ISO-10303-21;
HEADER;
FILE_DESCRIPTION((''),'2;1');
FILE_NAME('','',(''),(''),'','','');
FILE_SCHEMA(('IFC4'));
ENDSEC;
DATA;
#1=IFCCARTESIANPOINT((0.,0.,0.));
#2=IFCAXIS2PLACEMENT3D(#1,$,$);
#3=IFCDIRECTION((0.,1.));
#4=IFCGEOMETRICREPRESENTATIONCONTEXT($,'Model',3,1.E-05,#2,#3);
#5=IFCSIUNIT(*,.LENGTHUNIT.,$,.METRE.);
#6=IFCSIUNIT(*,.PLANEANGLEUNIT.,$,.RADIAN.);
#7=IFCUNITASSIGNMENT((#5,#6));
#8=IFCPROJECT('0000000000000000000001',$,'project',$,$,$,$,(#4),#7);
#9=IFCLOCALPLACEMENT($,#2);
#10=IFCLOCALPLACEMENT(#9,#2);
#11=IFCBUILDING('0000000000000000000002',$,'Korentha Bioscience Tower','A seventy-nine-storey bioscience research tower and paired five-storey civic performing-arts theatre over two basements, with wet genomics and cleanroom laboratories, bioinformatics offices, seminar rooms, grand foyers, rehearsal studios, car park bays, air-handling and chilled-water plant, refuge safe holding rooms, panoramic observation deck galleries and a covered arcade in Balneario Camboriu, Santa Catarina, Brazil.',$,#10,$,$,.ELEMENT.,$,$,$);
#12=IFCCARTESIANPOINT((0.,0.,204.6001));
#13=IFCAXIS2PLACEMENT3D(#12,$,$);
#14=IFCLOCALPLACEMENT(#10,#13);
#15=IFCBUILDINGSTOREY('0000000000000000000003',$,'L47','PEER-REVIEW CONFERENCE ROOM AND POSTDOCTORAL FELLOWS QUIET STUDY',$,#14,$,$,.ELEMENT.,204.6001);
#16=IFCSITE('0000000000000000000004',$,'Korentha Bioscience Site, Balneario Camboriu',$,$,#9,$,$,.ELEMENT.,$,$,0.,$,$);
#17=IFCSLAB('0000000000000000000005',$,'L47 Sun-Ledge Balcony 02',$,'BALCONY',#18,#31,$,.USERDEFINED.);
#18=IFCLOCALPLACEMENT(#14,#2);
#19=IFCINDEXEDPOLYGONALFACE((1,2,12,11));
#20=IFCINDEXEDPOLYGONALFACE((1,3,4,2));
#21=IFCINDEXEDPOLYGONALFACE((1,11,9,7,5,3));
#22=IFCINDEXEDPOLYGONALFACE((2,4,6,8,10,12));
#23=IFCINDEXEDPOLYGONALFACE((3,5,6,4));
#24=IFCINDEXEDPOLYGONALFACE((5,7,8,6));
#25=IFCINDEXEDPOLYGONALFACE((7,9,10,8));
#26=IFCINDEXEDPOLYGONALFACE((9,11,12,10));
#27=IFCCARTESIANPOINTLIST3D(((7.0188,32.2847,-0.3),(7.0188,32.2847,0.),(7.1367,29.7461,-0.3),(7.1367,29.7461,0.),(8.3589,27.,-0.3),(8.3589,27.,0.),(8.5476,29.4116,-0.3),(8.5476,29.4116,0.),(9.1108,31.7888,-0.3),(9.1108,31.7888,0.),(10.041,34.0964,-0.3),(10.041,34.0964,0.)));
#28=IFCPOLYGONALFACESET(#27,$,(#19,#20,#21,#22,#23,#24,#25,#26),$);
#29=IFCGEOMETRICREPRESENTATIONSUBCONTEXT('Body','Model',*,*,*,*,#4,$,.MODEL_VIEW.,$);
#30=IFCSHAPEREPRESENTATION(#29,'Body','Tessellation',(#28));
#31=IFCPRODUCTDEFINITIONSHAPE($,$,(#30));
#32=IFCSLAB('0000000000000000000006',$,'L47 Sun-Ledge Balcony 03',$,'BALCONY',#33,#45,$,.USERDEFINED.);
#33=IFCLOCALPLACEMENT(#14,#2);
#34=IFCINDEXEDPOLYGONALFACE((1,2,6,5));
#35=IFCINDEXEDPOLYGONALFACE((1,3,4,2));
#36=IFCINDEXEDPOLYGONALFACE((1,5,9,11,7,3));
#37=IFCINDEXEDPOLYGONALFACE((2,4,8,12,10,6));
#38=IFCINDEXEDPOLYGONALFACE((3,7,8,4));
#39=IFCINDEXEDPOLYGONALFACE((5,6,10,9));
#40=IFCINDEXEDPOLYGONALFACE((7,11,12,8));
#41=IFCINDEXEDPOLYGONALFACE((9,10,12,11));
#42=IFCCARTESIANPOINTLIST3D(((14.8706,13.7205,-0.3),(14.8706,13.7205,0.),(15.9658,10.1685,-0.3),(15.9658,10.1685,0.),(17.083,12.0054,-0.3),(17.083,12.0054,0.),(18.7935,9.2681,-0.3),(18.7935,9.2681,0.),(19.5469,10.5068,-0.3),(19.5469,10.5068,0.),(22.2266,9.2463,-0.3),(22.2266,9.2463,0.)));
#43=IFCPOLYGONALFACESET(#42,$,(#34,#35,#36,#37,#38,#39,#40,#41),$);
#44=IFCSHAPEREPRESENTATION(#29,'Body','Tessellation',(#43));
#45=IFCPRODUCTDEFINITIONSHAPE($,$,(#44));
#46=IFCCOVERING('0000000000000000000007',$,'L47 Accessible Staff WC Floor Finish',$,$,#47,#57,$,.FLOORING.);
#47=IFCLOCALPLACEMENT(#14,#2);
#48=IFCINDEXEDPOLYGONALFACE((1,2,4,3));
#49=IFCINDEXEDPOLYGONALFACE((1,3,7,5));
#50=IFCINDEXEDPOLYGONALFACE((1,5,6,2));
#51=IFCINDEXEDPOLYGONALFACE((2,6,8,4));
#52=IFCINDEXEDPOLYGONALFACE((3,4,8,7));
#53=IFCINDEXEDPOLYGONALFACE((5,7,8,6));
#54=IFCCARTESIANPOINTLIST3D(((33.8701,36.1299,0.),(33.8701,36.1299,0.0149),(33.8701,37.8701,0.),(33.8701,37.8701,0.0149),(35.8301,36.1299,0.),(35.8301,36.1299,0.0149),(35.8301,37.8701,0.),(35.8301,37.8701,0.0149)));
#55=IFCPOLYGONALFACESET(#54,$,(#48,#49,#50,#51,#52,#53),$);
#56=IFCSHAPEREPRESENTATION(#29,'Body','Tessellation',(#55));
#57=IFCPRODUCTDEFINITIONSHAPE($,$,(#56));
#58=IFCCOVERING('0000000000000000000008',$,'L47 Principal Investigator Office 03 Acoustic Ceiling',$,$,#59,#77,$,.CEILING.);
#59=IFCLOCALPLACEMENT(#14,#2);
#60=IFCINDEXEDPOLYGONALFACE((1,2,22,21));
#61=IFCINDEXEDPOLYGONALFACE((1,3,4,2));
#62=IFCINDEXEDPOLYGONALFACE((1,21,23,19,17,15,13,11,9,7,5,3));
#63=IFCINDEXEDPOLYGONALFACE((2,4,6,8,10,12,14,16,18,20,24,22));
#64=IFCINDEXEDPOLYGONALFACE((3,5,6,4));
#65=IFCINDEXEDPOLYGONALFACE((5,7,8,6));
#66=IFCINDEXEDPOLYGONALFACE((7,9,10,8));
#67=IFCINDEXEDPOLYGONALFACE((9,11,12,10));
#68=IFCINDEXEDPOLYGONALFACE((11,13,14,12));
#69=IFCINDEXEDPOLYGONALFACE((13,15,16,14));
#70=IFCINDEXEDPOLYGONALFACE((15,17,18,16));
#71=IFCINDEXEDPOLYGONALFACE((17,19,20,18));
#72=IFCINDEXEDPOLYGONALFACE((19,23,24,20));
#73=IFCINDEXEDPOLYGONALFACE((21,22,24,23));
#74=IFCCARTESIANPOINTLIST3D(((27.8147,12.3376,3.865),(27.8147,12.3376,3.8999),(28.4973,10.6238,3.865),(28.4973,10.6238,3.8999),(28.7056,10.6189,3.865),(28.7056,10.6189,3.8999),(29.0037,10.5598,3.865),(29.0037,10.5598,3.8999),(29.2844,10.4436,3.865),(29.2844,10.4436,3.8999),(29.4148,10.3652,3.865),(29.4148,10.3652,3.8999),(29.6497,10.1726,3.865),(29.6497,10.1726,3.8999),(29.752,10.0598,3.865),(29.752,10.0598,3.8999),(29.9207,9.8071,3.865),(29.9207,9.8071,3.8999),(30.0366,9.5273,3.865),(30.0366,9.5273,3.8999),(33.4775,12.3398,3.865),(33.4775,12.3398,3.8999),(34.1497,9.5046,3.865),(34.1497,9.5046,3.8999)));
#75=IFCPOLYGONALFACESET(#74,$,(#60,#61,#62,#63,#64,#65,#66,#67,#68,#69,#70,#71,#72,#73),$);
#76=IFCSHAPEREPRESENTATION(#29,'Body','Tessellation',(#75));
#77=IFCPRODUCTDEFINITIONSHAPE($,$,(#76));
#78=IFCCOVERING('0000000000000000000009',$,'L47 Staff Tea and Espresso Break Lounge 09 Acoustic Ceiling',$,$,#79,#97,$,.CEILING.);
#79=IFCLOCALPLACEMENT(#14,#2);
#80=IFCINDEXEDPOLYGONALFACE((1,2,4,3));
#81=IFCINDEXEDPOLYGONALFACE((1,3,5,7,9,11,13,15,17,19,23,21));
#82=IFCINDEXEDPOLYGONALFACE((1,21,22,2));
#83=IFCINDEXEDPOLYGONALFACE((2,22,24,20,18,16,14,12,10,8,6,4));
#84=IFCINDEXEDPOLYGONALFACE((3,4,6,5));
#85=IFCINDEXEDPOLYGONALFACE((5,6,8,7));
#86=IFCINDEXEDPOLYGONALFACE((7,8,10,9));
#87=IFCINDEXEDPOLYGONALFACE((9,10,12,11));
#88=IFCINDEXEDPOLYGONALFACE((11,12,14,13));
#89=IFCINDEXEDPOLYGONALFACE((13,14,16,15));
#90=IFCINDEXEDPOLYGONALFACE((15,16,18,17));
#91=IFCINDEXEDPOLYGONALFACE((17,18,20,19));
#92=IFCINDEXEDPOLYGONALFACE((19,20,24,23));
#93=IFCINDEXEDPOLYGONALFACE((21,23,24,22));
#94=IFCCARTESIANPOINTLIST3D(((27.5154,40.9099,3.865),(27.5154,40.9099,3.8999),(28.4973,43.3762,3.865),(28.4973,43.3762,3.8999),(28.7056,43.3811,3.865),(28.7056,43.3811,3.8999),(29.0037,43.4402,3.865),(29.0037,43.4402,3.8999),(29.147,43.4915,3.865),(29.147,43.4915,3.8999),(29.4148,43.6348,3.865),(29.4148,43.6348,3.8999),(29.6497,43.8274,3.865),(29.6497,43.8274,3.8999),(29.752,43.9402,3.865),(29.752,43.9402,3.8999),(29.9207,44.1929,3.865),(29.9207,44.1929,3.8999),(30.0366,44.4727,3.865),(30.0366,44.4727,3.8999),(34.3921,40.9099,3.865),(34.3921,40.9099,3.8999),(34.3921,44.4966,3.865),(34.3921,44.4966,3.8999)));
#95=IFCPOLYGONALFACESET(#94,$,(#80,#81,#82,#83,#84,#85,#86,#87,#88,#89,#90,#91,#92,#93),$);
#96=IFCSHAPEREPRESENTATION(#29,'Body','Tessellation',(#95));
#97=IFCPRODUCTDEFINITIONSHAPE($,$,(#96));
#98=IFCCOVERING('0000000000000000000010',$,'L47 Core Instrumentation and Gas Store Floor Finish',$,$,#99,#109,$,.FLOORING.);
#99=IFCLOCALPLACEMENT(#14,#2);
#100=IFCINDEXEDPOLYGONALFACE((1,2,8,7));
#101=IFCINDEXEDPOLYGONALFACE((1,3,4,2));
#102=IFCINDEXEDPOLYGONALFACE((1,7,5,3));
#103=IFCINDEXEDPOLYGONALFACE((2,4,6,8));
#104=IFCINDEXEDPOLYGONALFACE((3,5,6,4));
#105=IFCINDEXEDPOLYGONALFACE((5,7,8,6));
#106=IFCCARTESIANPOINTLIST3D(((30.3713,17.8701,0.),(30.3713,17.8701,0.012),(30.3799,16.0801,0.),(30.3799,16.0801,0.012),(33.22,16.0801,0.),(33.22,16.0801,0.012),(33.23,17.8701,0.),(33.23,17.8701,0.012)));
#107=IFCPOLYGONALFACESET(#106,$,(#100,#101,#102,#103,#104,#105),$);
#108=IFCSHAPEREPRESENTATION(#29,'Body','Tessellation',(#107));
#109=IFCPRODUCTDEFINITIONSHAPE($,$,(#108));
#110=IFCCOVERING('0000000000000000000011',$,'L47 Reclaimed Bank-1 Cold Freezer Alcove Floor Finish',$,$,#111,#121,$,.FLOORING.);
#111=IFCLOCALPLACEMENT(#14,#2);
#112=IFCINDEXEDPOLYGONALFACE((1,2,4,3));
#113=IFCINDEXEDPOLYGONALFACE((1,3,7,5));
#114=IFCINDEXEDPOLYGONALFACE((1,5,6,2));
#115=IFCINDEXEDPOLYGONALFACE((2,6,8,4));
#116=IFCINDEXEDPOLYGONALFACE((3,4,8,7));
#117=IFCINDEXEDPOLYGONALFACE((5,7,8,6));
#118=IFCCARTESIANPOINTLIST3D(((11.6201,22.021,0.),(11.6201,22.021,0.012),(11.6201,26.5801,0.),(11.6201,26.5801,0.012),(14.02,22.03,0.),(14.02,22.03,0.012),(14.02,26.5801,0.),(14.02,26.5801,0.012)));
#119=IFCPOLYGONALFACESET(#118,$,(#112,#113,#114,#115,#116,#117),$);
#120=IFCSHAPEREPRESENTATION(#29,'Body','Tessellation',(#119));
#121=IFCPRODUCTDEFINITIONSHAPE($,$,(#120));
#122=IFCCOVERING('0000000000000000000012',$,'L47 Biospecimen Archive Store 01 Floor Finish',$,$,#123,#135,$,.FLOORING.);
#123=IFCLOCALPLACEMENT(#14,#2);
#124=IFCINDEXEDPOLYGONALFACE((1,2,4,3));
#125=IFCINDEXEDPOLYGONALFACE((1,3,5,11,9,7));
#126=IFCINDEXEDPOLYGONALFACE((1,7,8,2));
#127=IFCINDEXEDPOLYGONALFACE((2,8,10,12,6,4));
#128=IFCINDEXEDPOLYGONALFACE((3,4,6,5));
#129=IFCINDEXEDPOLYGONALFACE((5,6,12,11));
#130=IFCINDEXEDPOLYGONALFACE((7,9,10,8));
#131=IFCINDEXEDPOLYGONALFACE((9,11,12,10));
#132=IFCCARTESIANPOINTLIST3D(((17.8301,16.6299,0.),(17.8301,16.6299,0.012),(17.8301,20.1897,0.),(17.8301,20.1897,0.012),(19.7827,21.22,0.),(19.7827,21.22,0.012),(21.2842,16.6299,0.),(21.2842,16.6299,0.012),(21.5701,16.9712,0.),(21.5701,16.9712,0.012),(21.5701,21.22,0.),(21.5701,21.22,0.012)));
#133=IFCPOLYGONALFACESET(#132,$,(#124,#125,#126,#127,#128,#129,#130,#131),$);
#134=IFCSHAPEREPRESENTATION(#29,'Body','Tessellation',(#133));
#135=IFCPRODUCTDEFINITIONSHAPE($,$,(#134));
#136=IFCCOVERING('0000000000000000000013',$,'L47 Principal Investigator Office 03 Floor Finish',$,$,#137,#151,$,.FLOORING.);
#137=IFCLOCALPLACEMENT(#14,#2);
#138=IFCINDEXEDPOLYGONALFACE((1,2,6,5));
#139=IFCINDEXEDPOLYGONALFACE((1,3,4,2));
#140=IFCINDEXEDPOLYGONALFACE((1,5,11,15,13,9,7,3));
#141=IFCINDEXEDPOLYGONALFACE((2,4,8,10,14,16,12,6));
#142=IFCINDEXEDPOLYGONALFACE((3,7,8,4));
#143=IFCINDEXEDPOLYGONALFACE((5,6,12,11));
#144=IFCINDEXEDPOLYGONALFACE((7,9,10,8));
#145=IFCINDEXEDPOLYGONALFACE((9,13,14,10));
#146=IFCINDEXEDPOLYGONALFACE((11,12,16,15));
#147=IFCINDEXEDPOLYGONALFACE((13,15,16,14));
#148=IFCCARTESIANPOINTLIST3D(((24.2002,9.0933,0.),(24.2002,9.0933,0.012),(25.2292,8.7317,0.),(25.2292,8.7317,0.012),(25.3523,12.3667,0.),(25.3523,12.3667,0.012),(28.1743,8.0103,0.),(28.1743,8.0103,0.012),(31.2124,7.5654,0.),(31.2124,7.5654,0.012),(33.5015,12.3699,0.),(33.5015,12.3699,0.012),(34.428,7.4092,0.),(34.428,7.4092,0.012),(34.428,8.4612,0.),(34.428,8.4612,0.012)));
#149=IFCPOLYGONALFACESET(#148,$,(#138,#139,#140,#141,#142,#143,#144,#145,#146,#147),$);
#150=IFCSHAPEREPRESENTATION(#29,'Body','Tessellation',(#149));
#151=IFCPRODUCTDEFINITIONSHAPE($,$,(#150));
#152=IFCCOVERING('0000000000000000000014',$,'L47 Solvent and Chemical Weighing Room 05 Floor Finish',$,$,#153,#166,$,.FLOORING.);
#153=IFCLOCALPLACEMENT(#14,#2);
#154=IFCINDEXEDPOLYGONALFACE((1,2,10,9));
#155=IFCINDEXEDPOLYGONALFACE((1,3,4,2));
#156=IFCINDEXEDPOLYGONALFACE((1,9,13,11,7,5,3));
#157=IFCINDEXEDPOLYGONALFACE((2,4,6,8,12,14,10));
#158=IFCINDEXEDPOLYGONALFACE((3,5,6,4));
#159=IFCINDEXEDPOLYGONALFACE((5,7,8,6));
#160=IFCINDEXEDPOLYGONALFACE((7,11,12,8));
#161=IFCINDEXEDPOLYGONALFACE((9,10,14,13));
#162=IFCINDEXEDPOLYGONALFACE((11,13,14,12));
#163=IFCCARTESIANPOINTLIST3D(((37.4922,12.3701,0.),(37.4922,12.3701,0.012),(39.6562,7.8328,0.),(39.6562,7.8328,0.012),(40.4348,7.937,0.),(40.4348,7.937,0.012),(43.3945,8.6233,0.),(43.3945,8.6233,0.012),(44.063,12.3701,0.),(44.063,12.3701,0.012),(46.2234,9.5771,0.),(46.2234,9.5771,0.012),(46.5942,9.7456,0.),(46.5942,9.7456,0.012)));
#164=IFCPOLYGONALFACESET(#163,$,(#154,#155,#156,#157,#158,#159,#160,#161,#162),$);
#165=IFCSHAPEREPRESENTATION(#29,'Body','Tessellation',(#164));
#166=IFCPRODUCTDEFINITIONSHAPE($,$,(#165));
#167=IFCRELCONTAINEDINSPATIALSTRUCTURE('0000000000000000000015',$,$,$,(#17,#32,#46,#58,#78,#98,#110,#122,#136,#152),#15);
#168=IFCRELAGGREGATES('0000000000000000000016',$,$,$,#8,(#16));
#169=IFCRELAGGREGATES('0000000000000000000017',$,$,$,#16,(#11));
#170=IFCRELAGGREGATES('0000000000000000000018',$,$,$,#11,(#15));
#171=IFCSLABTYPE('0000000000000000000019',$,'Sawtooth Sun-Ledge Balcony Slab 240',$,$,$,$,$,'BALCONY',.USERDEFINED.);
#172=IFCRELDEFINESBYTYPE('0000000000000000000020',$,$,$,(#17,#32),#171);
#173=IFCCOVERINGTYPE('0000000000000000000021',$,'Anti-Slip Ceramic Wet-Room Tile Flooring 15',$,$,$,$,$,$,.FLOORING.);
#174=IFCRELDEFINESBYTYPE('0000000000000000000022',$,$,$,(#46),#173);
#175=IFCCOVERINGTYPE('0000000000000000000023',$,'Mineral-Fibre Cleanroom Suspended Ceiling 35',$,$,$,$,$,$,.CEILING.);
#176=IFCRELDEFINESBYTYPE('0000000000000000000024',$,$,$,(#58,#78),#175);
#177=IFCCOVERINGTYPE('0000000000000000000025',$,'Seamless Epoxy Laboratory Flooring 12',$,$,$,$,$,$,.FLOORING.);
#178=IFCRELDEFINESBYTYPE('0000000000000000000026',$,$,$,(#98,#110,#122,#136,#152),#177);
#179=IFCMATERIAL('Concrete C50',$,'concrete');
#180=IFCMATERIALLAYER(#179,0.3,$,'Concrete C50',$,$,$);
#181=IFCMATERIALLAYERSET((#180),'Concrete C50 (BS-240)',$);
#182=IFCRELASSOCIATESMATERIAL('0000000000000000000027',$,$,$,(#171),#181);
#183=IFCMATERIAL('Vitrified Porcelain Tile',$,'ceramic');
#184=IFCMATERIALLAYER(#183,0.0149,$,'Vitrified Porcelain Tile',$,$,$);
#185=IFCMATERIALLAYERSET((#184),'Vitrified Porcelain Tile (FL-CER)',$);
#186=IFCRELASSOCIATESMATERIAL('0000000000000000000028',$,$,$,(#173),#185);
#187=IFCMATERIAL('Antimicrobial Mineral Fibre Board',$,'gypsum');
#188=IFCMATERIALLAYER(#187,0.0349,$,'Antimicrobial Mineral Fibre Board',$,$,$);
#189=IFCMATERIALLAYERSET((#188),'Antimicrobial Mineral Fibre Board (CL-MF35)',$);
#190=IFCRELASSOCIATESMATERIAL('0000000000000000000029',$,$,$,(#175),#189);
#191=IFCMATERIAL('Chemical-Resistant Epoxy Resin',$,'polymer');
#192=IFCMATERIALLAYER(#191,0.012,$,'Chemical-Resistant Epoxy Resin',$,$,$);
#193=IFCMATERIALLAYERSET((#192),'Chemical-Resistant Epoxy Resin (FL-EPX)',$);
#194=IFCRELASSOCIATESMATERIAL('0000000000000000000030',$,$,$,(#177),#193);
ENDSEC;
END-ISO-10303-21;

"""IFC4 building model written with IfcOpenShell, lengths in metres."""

from ifc_helpers import new_model, si_unit, direction, frame, origin, place, context, subcontext, project, spatial, polyline, outline, extrude, material, layer, layer_set, type_object, element, save


model = new_model("IFC4")

# Units and contexts
model_context = context("Model", 3, precision=1e-05, world=origin(), true_north=direction((0.0, 1.0)))
body_context = subcontext(model_context, "Body", "Model", "MODEL_VIEW")
ifc_project = project(units=[si_unit("LENGTHUNIT", "METRE"), si_unit("PLANEANGLEUNIT", "RADIAN")], contexts=[model_context])

# Site, building, storey
site_placement = place(None, origin())
site = spatial("IfcSite", under=ifc_project, at=site_placement, Name="Korentha Bioscience Site, Balneario Camboriu", CompositionType="ELEMENT", RefElevation=0.0)
building_placement = place(site_placement, origin())
building = spatial("IfcBuilding", under=site, at=building_placement, Name="Korentha Bioscience Tower", Description="A seventy-nine-storey bioscience research tower and paired five-storey civic performing-arts theatre over two basements, with wet genomics and cleanroom laboratories, bioinformatics offices, seminar rooms, grand foyers, rehearsal studios, car park bays, air-handling and chilled-water plant, refuge safe holding rooms, panoramic observation deck galleries and a covered arcade in Balneario Camboriu, Santa Catarina, Brazil.", CompositionType="ELEMENT")
storey_placement = place(building_placement, frame((0.0, 0.0, 204.6001)))
storey = spatial("IfcBuildingStorey", under=building, at=storey_placement, Name="L47", Description="PEER-REVIEW CONFERENCE ROOM AND POSTDOCTORAL FELLOWS QUIET STUDY", CompositionType="ELEMENT", Elevation=204.6001)

# Shared definitions
ifc_material_1 = material(Name="Concrete C50", Category="concrete")

# Slabs
ifc_layer_1 = layer(ifc_material_1, 0.3, Name="Concrete C50")
ifc_layer_set_1 = layer_set([ifc_layer_1], Name="Concrete C50 (BS-240)")
slab_type_1 = type_object("IfcSlabType", Name="Sawtooth Sun-Ledge Balcony Slab 240", ElementType="BALCONY", PredefinedType="USERDEFINED", material=ifc_layer_set_1)
slab_1_placement = place(storey_placement, frame((0.0, 0.0, -0.3)))
element("IfcSlab", 1, at=slab_1_placement, inside=storey, type_object=slab_type_1, Name="L47 Sun-Ledge Balcony 02", ObjectType="BALCONY", PredefinedType="USERDEFINED", context=body_context, shape_type="SweptSolid", body=[
    extrude(outline(polyline([(8.3589, 27.0), (8.5476, 29.4116), (9.1108, 31.7888), (10.041, 34.0964), (7.0188, 32.2847), (7.1367, 29.7461), (8.3589, 27.0)])), origin(), (0.0, 0.0, 1.0), 0.3),
])
slab_2_placement = place(storey_placement, frame((0.0, 0.0, -0.3)))
element("IfcSlab", 2, at=slab_2_placement, inside=storey, type_object=slab_type_1, Name="L47 Sun-Ledge Balcony 03", ObjectType="BALCONY", PredefinedType="USERDEFINED", context=body_context, shape_type="SweptSolid", body=[
    extrude(outline(polyline([(22.2266, 9.2463), (19.5469, 10.5068), (17.083, 12.0054), (14.8706, 13.7205), (15.9658, 10.1685), (18.7935, 9.2681), (22.2266, 9.2463)])), origin(), (0.0, 0.0, 1.0), 0.3),
])

# Coverings
ifc_material_2 = material(Name="Vitrified Porcelain Tile", Category="ceramic")
ifc_layer_2 = layer(ifc_material_2, 0.0149, Name="Vitrified Porcelain Tile")
ifc_layer_set_2 = layer_set([ifc_layer_2], Name="Vitrified Porcelain Tile (FL-CER)")
covering_type_1 = type_object("IfcCoveringType", Name="Anti-Slip Ceramic Wet-Room Tile Flooring 15", PredefinedType="FLOORING", material=ifc_layer_set_2)
covering_1_placement = place(storey_placement, origin())
element("IfcCovering", 3, at=covering_1_placement, inside=storey, type_object=covering_type_1, Name="L47 Accessible Staff WC Floor Finish", PredefinedType="FLOORING", context=body_context, shape_type="SweptSolid", body=[
    extrude(outline(polyline([(33.8701, 36.1299), (33.8701, 37.8701), (35.8301, 37.8701), (35.8301, 36.1299), (33.8701, 36.1299)])), origin(), (0.0, 0.0, 1.0), 0.0149),
])
ifc_material_3 = material(Name="Antimicrobial Mineral Fibre Board", Category="gypsum")
ifc_layer_3 = layer(ifc_material_3, 0.0349, Name="Antimicrobial Mineral Fibre Board")
ifc_layer_set_3 = layer_set([ifc_layer_3], Name="Antimicrobial Mineral Fibre Board (CL-MF35)")
covering_type_2 = type_object("IfcCoveringType", Name="Mineral-Fibre Cleanroom Suspended Ceiling 35", PredefinedType="CEILING", material=ifc_layer_set_3)
covering_2_placement = place(storey_placement, frame((0.0, 0.0, 3.865)))
element("IfcCovering", 4, at=covering_2_placement, inside=storey, type_object=covering_type_2, Name="L47 Principal Investigator Office 03 Acoustic Ceiling", PredefinedType="CEILING", context=body_context, shape_type="SweptSolid", body=[
    extrude(outline(polyline([(34.1497, 9.5046), (30.0366, 9.5273), (29.9207, 9.8071), (29.752, 10.0598), (29.6497, 10.1726), (29.4148, 10.3652), (29.2844, 10.4436), (29.0037, 10.5598), (28.7056, 10.6189), (28.4973, 10.6238), (27.8147, 12.3376), (33.4775, 12.3398), (34.1497, 9.5046)])), origin(), (0.0, 0.0, 1.0), 0.0349),
])
covering_3_placement = place(storey_placement, frame((0.0, 0.0, 3.865)))
element("IfcCovering", 5, at=covering_3_placement, inside=storey, type_object=covering_type_2, Name="L47 Staff Tea and Espresso Break Lounge 09 Acoustic Ceiling", PredefinedType="CEILING", context=body_context, shape_type="SweptSolid", body=[
    extrude(outline(polyline([(27.5154, 40.9099), (28.4973, 43.3762), (28.7056, 43.3811), (29.0037, 43.4402), (29.147, 43.4915), (29.4148, 43.6348), (29.6497, 43.8274), (29.752, 43.9402), (29.9207, 44.1929), (30.0366, 44.4727), (34.3921, 44.4966), (34.3921, 40.9099), (27.5154, 40.9099)])), origin(), (0.0, 0.0, 1.0), 0.0349),
])
ifc_material_4 = material(Name="Chemical-Resistant Epoxy Resin", Category="polymer")
ifc_layer_4 = layer(ifc_material_4, 0.012, Name="Chemical-Resistant Epoxy Resin")
ifc_layer_set_4 = layer_set([ifc_layer_4], Name="Chemical-Resistant Epoxy Resin (FL-EPX)")
covering_type_3 = type_object("IfcCoveringType", Name="Seamless Epoxy Laboratory Flooring 12", PredefinedType="FLOORING", material=ifc_layer_set_4)
covering_4_placement = place(storey_placement, origin())
element("IfcCovering", 6, at=covering_4_placement, inside=storey, type_object=covering_type_3, Name="L47 Core Instrumentation and Gas Store Floor Finish", PredefinedType="FLOORING", context=body_context, shape_type="SweptSolid", body=[
    extrude(outline(polyline([(33.23, 17.8701), (33.22, 16.0801), (30.3799, 16.0801), (30.3713, 17.8701), (33.23, 17.8701)])), origin(), (0.0, 0.0, 1.0), 0.012),
])
covering_5_placement = place(storey_placement, origin())
element("IfcCovering", 7, at=covering_5_placement, inside=storey, type_object=covering_type_3, Name="L47 Reclaimed Bank-1 Cold Freezer Alcove Floor Finish", PredefinedType="FLOORING", context=body_context, shape_type="SweptSolid", body=[
    extrude(outline(polyline([(14.02, 22.03), (11.6201, 22.021), (11.6201, 26.5801), (14.02, 26.5801), (14.02, 22.03)])), origin(), (0.0, 0.0, 1.0), 0.012),
])
covering_6_placement = place(storey_placement, origin())
element("IfcCovering", 8, at=covering_6_placement, inside=storey, type_object=covering_type_3, Name="L47 Biospecimen Archive Store 01 Floor Finish", PredefinedType="FLOORING", context=body_context, shape_type="SweptSolid", body=[
    extrude(outline(polyline([(21.5701, 21.22), (21.5701, 16.9712), (21.2842, 16.6299), (17.8301, 16.6299), (17.8301, 20.1897), (19.7827, 21.22), (21.5701, 21.22)])), origin(), (0.0, 0.0, 1.0), 0.012),
])
covering_7_placement = place(storey_placement, origin())
element("IfcCovering", 9, at=covering_7_placement, inside=storey, type_object=covering_type_3, Name="L47 Principal Investigator Office 03 Floor Finish", PredefinedType="FLOORING", context=body_context, shape_type="SweptSolid", body=[
    extrude(outline(polyline([(25.3523, 12.3667), (33.5015, 12.3699), (34.428, 8.4612), (34.428, 7.4092), (31.2124, 7.5654), (28.1743, 8.0103), (25.2292, 8.7317), (24.2002, 9.0933), (25.3523, 12.3667)])), origin(), (0.0, 0.0, 1.0), 0.012),
])
covering_8_placement = place(storey_placement, origin())
element("IfcCovering", 10, at=covering_8_placement, inside=storey, type_object=covering_type_3, Name="L47 Solvent and Chemical Weighing Room 05 Floor Finish", PredefinedType="FLOORING", context=body_context, shape_type="SweptSolid", body=[
    extrude(outline(polyline([(37.4922, 12.3701), (44.063, 12.3701), (46.5942, 9.7456), (46.2234, 9.5771), (43.3945, 8.6233), (40.4348, 7.937), (39.6562, 7.8328), (37.4922, 12.3701)])), origin(), (0.0, 0.0, 1.0), 0.012),
])

save(model, "model.ifc")
